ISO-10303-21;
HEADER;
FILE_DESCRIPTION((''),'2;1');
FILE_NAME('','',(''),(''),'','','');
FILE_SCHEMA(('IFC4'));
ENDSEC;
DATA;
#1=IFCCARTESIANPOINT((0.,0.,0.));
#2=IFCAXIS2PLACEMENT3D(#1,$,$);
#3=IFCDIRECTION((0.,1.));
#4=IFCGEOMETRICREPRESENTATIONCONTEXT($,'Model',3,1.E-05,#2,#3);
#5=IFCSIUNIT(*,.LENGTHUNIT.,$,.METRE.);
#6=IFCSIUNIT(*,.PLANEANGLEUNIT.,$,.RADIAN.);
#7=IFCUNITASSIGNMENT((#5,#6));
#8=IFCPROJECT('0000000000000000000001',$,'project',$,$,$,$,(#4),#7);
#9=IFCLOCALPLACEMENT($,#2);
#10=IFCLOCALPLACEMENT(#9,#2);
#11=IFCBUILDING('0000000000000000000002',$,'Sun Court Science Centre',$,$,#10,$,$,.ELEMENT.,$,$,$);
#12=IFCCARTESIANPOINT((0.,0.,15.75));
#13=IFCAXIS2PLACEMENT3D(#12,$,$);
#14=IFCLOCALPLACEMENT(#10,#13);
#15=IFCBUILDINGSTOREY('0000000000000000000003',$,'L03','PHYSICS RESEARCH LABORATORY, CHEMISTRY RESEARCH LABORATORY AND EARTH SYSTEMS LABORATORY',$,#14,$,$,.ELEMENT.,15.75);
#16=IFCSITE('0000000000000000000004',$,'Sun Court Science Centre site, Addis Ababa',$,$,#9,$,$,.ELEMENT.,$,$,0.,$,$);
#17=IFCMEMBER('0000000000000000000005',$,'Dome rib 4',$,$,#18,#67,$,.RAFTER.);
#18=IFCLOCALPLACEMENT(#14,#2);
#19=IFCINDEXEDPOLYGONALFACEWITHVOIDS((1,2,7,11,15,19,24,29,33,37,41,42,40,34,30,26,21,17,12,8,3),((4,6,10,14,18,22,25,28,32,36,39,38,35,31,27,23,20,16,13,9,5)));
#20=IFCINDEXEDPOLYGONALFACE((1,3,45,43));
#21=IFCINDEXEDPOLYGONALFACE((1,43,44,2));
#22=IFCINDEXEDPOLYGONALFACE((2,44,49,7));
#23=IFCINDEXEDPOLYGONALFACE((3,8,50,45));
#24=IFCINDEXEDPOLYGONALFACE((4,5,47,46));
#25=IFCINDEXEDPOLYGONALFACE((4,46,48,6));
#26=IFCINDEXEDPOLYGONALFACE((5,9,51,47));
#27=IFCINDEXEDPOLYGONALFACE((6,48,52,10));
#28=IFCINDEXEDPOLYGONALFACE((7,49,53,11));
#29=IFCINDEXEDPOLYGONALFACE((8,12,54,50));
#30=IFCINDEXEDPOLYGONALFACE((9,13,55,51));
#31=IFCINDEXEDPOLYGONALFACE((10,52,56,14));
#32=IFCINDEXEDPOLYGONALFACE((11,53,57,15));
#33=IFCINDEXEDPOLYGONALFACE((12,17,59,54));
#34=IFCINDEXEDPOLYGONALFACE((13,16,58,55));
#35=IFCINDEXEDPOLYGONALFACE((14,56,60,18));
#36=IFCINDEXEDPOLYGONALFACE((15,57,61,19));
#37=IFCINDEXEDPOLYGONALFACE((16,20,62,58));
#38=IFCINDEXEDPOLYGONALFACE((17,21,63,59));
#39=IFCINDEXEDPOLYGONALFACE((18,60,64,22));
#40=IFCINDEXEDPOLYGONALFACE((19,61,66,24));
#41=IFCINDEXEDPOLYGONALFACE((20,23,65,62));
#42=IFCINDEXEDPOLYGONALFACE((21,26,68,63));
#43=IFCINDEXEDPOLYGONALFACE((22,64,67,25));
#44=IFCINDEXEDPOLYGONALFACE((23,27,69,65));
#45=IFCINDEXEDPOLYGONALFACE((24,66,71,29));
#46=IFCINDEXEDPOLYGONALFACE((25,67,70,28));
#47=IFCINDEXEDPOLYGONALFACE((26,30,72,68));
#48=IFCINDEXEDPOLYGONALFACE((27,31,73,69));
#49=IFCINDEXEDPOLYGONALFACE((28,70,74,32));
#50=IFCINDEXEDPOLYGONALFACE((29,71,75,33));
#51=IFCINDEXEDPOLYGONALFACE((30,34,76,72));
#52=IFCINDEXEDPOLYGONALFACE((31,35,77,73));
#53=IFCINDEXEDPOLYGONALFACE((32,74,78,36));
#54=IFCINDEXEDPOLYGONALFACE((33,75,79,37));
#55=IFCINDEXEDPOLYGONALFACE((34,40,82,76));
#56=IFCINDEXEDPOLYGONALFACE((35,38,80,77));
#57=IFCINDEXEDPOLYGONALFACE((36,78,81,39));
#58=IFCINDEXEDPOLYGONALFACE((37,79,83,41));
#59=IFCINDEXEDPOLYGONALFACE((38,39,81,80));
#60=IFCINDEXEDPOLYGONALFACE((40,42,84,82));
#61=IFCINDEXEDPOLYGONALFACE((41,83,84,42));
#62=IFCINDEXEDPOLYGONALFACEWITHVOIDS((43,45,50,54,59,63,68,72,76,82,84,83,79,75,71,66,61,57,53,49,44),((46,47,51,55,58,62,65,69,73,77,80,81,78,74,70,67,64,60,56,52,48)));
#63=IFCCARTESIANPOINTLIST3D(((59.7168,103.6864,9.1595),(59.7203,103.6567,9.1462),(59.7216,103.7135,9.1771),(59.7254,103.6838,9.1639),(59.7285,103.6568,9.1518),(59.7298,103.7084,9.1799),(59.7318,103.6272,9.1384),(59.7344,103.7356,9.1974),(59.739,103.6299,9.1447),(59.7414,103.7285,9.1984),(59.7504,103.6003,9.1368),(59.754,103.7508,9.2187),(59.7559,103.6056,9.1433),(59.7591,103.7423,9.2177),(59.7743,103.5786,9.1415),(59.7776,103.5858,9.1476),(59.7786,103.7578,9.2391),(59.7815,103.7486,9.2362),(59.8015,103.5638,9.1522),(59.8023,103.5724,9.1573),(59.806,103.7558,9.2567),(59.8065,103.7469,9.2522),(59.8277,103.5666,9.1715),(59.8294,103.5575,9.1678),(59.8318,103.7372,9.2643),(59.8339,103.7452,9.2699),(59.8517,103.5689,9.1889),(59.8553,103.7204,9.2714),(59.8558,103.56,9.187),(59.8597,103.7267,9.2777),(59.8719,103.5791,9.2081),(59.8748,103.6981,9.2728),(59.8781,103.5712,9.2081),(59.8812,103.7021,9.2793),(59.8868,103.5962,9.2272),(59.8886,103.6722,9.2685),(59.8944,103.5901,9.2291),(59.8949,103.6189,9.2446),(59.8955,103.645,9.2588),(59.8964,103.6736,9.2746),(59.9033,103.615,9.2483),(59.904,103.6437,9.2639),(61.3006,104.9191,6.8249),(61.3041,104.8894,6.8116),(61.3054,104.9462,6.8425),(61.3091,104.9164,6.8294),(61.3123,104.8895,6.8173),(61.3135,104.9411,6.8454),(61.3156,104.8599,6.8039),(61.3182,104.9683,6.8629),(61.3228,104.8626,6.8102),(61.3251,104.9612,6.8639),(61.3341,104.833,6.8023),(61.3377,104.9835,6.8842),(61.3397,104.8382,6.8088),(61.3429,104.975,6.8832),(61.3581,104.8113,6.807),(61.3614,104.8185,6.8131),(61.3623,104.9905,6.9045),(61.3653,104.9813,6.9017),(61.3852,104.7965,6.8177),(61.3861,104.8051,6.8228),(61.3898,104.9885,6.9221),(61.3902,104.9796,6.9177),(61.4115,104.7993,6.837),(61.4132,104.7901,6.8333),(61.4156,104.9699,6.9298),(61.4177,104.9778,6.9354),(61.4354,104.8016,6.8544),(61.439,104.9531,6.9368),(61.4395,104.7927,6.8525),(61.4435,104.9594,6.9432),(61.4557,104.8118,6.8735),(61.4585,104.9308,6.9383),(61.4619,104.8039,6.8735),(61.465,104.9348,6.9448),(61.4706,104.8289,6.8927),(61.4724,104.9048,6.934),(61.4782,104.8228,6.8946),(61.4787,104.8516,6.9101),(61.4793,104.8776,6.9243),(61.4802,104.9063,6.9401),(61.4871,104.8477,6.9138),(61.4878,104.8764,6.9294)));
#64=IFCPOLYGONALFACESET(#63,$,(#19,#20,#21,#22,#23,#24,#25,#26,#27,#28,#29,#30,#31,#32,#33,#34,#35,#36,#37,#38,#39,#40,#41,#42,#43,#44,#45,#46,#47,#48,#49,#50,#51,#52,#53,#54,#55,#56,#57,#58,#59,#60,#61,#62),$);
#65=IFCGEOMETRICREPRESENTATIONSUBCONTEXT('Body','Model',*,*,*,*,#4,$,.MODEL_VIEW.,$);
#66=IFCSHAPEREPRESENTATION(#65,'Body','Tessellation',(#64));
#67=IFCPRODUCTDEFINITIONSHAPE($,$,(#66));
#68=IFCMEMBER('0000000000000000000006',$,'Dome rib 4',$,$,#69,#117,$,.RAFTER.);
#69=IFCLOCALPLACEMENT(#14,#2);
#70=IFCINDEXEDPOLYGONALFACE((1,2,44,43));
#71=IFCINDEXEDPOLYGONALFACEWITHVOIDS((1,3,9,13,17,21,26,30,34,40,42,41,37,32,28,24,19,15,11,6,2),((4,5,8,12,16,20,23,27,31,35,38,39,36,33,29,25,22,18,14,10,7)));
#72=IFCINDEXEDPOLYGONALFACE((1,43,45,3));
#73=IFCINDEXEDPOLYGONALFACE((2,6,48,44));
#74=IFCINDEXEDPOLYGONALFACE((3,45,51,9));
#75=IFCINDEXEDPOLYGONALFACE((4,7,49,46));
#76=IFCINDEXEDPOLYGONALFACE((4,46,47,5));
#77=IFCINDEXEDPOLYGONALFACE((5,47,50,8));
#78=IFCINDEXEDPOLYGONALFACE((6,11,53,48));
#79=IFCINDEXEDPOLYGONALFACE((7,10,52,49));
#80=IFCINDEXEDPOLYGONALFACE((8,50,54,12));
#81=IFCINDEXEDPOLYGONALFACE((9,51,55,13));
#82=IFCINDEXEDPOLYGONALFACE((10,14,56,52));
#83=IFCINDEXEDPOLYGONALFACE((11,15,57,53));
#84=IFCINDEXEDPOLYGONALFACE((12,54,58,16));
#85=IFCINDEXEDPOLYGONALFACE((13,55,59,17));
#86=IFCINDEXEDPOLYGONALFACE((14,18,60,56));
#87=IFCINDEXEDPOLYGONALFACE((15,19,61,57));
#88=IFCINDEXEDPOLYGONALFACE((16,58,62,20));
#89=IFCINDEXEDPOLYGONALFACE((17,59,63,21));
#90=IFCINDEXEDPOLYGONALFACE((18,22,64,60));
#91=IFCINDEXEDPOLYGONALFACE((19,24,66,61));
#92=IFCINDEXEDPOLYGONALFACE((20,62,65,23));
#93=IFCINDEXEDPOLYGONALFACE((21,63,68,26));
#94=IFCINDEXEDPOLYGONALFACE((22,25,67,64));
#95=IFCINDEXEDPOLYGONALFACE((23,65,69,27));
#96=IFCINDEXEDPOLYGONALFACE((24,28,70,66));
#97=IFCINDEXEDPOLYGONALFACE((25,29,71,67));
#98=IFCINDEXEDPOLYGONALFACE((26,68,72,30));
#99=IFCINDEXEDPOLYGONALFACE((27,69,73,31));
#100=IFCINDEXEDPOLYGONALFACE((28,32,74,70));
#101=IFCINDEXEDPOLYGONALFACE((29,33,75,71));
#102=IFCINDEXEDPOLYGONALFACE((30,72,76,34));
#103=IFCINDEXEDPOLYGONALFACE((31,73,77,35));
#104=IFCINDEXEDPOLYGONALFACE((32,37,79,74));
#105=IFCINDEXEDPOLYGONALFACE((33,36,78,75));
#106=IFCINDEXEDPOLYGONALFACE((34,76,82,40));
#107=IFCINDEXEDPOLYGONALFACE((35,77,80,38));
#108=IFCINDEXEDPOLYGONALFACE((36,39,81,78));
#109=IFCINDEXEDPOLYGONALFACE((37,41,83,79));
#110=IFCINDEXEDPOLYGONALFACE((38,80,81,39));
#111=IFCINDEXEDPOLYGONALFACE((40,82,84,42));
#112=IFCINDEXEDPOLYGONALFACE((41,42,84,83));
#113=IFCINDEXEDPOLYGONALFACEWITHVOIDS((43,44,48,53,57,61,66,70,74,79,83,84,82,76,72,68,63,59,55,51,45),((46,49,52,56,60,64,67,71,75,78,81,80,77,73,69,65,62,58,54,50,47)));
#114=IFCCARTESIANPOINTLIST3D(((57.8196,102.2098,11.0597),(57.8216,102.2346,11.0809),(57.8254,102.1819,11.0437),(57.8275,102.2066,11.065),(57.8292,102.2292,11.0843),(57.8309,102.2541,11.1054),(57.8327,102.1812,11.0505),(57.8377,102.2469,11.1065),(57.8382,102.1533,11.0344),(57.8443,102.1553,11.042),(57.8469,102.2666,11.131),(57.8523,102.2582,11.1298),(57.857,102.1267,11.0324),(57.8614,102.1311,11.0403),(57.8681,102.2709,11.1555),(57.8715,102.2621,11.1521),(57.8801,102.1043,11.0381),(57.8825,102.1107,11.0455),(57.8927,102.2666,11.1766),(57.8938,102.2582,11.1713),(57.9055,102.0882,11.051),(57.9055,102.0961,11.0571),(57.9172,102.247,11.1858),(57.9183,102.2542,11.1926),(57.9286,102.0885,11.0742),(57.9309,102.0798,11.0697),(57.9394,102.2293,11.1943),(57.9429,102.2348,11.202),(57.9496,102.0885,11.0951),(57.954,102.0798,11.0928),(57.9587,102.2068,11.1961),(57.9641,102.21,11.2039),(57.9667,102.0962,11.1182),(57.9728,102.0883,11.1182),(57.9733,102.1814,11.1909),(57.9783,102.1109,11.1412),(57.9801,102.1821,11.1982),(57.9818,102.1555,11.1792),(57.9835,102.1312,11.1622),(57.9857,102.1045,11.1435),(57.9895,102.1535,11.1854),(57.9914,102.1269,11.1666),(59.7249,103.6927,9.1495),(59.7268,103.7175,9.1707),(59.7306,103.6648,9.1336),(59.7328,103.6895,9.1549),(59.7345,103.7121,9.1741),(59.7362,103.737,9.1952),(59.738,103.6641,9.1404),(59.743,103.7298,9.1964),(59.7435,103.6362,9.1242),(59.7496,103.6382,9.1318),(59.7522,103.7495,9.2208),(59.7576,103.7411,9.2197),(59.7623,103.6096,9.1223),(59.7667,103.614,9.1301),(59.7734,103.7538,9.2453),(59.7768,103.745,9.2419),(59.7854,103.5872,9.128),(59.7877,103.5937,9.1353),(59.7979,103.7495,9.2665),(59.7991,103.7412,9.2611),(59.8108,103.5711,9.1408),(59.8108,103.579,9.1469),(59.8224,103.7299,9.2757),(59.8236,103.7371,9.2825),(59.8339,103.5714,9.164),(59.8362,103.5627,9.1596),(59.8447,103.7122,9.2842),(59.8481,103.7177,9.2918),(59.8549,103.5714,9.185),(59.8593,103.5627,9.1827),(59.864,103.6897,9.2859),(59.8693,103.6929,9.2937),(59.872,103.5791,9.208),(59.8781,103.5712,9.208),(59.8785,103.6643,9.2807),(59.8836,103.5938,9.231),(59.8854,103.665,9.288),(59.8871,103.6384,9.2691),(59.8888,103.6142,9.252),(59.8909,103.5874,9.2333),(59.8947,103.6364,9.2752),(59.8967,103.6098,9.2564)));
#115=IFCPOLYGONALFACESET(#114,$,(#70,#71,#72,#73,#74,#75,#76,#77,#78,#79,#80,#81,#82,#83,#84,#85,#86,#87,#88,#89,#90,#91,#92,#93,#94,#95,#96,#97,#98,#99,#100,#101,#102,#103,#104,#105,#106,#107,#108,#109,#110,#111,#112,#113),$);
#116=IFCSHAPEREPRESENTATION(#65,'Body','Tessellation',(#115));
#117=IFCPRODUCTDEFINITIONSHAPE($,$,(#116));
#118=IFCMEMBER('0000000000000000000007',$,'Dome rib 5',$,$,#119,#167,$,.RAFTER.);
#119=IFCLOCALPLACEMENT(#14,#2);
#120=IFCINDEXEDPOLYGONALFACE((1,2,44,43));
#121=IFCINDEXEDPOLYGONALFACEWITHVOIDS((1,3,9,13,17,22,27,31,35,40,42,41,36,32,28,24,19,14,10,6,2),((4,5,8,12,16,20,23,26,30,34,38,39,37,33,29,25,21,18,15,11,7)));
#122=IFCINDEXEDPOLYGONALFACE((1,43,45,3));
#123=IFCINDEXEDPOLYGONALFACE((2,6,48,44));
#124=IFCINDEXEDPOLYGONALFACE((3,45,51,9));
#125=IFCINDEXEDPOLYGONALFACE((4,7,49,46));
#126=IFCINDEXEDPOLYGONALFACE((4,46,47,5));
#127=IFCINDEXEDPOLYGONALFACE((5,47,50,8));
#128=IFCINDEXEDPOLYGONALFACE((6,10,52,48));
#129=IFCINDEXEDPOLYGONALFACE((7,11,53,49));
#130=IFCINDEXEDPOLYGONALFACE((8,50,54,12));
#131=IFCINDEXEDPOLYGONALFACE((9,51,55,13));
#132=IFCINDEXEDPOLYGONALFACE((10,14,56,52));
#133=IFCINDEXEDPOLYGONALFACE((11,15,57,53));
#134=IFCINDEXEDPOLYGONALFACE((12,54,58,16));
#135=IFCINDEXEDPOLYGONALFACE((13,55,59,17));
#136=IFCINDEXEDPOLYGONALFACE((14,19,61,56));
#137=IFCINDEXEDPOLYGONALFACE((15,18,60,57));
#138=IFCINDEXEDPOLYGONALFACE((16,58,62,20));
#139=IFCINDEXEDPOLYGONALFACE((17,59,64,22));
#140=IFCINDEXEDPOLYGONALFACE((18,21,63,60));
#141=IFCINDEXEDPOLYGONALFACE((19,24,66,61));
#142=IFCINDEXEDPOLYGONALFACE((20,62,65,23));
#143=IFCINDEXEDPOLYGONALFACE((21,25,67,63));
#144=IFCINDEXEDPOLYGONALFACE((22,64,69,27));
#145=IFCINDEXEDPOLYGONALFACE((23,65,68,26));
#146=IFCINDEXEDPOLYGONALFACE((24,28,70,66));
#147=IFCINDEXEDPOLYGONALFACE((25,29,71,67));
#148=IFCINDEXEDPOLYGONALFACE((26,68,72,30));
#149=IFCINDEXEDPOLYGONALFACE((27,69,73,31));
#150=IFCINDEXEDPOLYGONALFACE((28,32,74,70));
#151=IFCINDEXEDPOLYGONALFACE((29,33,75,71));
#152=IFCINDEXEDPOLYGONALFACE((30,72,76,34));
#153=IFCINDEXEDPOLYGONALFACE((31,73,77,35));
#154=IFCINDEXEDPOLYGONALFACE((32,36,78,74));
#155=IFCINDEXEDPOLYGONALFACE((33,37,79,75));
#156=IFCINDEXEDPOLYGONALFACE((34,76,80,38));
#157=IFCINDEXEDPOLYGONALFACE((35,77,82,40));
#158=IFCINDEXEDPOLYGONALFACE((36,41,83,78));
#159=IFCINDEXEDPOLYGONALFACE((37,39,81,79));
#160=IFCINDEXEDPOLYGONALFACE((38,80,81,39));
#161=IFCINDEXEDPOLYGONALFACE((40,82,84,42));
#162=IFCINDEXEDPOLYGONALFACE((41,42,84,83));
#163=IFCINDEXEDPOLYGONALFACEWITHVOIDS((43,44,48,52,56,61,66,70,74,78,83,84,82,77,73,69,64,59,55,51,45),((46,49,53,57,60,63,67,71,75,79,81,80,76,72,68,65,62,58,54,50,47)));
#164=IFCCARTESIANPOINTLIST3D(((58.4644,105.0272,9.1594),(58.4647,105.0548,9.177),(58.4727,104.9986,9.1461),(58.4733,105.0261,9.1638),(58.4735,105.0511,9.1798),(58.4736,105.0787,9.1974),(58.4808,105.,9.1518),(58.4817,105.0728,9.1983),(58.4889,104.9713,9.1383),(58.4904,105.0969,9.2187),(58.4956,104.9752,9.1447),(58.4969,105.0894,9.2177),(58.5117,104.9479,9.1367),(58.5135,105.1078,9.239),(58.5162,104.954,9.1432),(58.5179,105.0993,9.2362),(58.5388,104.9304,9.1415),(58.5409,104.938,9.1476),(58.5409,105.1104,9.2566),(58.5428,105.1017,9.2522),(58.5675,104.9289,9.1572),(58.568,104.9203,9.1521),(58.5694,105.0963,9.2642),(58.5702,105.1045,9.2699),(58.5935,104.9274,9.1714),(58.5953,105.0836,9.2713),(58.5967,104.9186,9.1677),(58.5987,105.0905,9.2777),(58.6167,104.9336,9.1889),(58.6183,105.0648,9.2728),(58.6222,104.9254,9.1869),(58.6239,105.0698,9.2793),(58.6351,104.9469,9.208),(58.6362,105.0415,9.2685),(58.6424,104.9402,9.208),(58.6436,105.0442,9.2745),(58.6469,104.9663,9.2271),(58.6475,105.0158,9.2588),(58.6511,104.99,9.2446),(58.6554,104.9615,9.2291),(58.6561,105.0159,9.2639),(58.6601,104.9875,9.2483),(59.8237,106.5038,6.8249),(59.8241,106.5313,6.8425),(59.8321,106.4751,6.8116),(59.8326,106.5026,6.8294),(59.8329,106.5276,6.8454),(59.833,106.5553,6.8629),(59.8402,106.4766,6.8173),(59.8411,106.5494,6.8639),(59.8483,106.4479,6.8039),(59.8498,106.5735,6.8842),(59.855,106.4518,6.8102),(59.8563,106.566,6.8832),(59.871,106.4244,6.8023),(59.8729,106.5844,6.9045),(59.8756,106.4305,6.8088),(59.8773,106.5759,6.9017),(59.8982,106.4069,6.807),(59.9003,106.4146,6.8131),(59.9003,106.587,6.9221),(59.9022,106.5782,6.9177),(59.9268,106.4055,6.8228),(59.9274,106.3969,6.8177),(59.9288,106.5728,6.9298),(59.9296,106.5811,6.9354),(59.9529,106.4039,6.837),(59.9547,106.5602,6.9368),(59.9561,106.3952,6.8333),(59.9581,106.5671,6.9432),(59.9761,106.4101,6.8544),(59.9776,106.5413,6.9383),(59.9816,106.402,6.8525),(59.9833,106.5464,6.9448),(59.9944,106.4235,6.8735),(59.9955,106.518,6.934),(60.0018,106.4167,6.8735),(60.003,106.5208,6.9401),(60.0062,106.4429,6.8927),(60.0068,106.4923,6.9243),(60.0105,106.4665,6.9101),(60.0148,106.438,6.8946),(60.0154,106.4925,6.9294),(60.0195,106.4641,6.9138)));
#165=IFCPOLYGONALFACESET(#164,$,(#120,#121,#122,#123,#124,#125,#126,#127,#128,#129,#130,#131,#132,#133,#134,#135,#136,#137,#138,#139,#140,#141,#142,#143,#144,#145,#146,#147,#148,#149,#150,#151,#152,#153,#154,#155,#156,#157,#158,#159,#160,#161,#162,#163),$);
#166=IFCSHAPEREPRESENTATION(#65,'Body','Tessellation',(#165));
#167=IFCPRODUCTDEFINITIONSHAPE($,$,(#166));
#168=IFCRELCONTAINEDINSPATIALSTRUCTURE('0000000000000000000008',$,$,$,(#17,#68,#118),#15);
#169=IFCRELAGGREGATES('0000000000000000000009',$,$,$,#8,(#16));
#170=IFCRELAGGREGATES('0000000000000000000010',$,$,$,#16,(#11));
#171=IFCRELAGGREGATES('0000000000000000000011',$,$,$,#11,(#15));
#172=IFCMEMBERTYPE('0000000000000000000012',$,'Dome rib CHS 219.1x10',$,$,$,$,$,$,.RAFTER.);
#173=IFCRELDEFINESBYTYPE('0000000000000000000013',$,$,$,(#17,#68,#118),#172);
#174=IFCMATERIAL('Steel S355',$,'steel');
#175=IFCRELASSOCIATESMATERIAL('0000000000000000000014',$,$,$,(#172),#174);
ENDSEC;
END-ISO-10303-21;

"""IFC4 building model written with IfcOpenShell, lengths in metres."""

from ifc_helpers import new_model, si_unit, direction, frame, origin, origin_2d, place, context, subcontext, project, spatial, hollow_circle, extrude, material, material_profile, profile_set, type_object, element, save


model = new_model("IFC4")

# Units and contexts
model_context = context("Model", 3, precision=1e-05, world=origin(), true_north=direction((0.0, 1.0)))
body_context = subcontext(model_context, "Body", "Model", "MODEL_VIEW")
ifc_project = project(units=[si_unit("LENGTHUNIT", "METRE"), si_unit("PLANEANGLEUNIT", "RADIAN")], contexts=[model_context])

# Site, building, storey
site_placement = place(None, origin())
site = spatial("IfcSite", under=ifc_project, at=site_placement, Name="Sun Court Science Centre site, Addis Ababa", CompositionType="ELEMENT", RefElevation=0.0)
building_placement = place(site_placement, origin())
building = spatial("IfcBuilding", under=site, at=building_placement, Name="Sun Court Science Centre", CompositionType="ELEMENT")
storey_placement = place(building_placement, frame((0.0, 0.0, 15.75)))
storey = spatial("IfcBuildingStorey", under=building, at=storey_placement, Name="L03", Description="PHYSICS RESEARCH LABORATORY, CHEMISTRY RESEARCH LABORATORY AND EARTH SYSTEMS LABORATORY", CompositionType="ELEMENT", Elevation=15.75)

# Members
ifc_material_1 = material(Name="Steel S355", Category="steel")
ifc_material_profile_1 = material_profile(ifc_material_1, hollow_circle(Radius=0.1096, WallThickness=0.01, at=origin_2d()), Name="CHS 219.1x10")
ifc_profile_set_1 = profile_set([ifc_material_profile_1], Name="Steel S355")
member_type_1 = type_object("IfcMemberType", Name="Dome rib CHS 219.1x10", PredefinedType="RAFTER", material=ifc_profile_set_1)
for number, where, z_axis, x_axis, name in (
    (1, (61.3945, 104.8904, 6.8735), (-0.514444, -0.400405, 0.758303), (0.61421, -0.789143, 0.0), "Dome rib 4"),
    (2, (59.8108, 103.6577, 9.208), (-0.618876, -0.481683, 0.620462), (0.614207, -0.789145, 0.0), "Dome rib 4"),
    (3, (59.9211, 106.491, 6.8735), (-0.441553, -0.479618, 0.758285), (0.735698, -0.677309, 0.0), "Dome rib 5"),
):
    element("IfcMember", number, at=place(storey_placement, frame(where, z_axis=z_axis, x_axis=x_axis)), inside=storey, type_object=member_type_1, Name=name, PredefinedType="RAFTER", context=body_context, shape_type="SweptSolid", body=[
        extrude(hollow_circle(Radius=0.1096, WallThickness=0.01, at=origin_2d()), origin(), (0.0, 0.0, 1.0), 3.0786),
    ])

save(model, "model.ifc")
